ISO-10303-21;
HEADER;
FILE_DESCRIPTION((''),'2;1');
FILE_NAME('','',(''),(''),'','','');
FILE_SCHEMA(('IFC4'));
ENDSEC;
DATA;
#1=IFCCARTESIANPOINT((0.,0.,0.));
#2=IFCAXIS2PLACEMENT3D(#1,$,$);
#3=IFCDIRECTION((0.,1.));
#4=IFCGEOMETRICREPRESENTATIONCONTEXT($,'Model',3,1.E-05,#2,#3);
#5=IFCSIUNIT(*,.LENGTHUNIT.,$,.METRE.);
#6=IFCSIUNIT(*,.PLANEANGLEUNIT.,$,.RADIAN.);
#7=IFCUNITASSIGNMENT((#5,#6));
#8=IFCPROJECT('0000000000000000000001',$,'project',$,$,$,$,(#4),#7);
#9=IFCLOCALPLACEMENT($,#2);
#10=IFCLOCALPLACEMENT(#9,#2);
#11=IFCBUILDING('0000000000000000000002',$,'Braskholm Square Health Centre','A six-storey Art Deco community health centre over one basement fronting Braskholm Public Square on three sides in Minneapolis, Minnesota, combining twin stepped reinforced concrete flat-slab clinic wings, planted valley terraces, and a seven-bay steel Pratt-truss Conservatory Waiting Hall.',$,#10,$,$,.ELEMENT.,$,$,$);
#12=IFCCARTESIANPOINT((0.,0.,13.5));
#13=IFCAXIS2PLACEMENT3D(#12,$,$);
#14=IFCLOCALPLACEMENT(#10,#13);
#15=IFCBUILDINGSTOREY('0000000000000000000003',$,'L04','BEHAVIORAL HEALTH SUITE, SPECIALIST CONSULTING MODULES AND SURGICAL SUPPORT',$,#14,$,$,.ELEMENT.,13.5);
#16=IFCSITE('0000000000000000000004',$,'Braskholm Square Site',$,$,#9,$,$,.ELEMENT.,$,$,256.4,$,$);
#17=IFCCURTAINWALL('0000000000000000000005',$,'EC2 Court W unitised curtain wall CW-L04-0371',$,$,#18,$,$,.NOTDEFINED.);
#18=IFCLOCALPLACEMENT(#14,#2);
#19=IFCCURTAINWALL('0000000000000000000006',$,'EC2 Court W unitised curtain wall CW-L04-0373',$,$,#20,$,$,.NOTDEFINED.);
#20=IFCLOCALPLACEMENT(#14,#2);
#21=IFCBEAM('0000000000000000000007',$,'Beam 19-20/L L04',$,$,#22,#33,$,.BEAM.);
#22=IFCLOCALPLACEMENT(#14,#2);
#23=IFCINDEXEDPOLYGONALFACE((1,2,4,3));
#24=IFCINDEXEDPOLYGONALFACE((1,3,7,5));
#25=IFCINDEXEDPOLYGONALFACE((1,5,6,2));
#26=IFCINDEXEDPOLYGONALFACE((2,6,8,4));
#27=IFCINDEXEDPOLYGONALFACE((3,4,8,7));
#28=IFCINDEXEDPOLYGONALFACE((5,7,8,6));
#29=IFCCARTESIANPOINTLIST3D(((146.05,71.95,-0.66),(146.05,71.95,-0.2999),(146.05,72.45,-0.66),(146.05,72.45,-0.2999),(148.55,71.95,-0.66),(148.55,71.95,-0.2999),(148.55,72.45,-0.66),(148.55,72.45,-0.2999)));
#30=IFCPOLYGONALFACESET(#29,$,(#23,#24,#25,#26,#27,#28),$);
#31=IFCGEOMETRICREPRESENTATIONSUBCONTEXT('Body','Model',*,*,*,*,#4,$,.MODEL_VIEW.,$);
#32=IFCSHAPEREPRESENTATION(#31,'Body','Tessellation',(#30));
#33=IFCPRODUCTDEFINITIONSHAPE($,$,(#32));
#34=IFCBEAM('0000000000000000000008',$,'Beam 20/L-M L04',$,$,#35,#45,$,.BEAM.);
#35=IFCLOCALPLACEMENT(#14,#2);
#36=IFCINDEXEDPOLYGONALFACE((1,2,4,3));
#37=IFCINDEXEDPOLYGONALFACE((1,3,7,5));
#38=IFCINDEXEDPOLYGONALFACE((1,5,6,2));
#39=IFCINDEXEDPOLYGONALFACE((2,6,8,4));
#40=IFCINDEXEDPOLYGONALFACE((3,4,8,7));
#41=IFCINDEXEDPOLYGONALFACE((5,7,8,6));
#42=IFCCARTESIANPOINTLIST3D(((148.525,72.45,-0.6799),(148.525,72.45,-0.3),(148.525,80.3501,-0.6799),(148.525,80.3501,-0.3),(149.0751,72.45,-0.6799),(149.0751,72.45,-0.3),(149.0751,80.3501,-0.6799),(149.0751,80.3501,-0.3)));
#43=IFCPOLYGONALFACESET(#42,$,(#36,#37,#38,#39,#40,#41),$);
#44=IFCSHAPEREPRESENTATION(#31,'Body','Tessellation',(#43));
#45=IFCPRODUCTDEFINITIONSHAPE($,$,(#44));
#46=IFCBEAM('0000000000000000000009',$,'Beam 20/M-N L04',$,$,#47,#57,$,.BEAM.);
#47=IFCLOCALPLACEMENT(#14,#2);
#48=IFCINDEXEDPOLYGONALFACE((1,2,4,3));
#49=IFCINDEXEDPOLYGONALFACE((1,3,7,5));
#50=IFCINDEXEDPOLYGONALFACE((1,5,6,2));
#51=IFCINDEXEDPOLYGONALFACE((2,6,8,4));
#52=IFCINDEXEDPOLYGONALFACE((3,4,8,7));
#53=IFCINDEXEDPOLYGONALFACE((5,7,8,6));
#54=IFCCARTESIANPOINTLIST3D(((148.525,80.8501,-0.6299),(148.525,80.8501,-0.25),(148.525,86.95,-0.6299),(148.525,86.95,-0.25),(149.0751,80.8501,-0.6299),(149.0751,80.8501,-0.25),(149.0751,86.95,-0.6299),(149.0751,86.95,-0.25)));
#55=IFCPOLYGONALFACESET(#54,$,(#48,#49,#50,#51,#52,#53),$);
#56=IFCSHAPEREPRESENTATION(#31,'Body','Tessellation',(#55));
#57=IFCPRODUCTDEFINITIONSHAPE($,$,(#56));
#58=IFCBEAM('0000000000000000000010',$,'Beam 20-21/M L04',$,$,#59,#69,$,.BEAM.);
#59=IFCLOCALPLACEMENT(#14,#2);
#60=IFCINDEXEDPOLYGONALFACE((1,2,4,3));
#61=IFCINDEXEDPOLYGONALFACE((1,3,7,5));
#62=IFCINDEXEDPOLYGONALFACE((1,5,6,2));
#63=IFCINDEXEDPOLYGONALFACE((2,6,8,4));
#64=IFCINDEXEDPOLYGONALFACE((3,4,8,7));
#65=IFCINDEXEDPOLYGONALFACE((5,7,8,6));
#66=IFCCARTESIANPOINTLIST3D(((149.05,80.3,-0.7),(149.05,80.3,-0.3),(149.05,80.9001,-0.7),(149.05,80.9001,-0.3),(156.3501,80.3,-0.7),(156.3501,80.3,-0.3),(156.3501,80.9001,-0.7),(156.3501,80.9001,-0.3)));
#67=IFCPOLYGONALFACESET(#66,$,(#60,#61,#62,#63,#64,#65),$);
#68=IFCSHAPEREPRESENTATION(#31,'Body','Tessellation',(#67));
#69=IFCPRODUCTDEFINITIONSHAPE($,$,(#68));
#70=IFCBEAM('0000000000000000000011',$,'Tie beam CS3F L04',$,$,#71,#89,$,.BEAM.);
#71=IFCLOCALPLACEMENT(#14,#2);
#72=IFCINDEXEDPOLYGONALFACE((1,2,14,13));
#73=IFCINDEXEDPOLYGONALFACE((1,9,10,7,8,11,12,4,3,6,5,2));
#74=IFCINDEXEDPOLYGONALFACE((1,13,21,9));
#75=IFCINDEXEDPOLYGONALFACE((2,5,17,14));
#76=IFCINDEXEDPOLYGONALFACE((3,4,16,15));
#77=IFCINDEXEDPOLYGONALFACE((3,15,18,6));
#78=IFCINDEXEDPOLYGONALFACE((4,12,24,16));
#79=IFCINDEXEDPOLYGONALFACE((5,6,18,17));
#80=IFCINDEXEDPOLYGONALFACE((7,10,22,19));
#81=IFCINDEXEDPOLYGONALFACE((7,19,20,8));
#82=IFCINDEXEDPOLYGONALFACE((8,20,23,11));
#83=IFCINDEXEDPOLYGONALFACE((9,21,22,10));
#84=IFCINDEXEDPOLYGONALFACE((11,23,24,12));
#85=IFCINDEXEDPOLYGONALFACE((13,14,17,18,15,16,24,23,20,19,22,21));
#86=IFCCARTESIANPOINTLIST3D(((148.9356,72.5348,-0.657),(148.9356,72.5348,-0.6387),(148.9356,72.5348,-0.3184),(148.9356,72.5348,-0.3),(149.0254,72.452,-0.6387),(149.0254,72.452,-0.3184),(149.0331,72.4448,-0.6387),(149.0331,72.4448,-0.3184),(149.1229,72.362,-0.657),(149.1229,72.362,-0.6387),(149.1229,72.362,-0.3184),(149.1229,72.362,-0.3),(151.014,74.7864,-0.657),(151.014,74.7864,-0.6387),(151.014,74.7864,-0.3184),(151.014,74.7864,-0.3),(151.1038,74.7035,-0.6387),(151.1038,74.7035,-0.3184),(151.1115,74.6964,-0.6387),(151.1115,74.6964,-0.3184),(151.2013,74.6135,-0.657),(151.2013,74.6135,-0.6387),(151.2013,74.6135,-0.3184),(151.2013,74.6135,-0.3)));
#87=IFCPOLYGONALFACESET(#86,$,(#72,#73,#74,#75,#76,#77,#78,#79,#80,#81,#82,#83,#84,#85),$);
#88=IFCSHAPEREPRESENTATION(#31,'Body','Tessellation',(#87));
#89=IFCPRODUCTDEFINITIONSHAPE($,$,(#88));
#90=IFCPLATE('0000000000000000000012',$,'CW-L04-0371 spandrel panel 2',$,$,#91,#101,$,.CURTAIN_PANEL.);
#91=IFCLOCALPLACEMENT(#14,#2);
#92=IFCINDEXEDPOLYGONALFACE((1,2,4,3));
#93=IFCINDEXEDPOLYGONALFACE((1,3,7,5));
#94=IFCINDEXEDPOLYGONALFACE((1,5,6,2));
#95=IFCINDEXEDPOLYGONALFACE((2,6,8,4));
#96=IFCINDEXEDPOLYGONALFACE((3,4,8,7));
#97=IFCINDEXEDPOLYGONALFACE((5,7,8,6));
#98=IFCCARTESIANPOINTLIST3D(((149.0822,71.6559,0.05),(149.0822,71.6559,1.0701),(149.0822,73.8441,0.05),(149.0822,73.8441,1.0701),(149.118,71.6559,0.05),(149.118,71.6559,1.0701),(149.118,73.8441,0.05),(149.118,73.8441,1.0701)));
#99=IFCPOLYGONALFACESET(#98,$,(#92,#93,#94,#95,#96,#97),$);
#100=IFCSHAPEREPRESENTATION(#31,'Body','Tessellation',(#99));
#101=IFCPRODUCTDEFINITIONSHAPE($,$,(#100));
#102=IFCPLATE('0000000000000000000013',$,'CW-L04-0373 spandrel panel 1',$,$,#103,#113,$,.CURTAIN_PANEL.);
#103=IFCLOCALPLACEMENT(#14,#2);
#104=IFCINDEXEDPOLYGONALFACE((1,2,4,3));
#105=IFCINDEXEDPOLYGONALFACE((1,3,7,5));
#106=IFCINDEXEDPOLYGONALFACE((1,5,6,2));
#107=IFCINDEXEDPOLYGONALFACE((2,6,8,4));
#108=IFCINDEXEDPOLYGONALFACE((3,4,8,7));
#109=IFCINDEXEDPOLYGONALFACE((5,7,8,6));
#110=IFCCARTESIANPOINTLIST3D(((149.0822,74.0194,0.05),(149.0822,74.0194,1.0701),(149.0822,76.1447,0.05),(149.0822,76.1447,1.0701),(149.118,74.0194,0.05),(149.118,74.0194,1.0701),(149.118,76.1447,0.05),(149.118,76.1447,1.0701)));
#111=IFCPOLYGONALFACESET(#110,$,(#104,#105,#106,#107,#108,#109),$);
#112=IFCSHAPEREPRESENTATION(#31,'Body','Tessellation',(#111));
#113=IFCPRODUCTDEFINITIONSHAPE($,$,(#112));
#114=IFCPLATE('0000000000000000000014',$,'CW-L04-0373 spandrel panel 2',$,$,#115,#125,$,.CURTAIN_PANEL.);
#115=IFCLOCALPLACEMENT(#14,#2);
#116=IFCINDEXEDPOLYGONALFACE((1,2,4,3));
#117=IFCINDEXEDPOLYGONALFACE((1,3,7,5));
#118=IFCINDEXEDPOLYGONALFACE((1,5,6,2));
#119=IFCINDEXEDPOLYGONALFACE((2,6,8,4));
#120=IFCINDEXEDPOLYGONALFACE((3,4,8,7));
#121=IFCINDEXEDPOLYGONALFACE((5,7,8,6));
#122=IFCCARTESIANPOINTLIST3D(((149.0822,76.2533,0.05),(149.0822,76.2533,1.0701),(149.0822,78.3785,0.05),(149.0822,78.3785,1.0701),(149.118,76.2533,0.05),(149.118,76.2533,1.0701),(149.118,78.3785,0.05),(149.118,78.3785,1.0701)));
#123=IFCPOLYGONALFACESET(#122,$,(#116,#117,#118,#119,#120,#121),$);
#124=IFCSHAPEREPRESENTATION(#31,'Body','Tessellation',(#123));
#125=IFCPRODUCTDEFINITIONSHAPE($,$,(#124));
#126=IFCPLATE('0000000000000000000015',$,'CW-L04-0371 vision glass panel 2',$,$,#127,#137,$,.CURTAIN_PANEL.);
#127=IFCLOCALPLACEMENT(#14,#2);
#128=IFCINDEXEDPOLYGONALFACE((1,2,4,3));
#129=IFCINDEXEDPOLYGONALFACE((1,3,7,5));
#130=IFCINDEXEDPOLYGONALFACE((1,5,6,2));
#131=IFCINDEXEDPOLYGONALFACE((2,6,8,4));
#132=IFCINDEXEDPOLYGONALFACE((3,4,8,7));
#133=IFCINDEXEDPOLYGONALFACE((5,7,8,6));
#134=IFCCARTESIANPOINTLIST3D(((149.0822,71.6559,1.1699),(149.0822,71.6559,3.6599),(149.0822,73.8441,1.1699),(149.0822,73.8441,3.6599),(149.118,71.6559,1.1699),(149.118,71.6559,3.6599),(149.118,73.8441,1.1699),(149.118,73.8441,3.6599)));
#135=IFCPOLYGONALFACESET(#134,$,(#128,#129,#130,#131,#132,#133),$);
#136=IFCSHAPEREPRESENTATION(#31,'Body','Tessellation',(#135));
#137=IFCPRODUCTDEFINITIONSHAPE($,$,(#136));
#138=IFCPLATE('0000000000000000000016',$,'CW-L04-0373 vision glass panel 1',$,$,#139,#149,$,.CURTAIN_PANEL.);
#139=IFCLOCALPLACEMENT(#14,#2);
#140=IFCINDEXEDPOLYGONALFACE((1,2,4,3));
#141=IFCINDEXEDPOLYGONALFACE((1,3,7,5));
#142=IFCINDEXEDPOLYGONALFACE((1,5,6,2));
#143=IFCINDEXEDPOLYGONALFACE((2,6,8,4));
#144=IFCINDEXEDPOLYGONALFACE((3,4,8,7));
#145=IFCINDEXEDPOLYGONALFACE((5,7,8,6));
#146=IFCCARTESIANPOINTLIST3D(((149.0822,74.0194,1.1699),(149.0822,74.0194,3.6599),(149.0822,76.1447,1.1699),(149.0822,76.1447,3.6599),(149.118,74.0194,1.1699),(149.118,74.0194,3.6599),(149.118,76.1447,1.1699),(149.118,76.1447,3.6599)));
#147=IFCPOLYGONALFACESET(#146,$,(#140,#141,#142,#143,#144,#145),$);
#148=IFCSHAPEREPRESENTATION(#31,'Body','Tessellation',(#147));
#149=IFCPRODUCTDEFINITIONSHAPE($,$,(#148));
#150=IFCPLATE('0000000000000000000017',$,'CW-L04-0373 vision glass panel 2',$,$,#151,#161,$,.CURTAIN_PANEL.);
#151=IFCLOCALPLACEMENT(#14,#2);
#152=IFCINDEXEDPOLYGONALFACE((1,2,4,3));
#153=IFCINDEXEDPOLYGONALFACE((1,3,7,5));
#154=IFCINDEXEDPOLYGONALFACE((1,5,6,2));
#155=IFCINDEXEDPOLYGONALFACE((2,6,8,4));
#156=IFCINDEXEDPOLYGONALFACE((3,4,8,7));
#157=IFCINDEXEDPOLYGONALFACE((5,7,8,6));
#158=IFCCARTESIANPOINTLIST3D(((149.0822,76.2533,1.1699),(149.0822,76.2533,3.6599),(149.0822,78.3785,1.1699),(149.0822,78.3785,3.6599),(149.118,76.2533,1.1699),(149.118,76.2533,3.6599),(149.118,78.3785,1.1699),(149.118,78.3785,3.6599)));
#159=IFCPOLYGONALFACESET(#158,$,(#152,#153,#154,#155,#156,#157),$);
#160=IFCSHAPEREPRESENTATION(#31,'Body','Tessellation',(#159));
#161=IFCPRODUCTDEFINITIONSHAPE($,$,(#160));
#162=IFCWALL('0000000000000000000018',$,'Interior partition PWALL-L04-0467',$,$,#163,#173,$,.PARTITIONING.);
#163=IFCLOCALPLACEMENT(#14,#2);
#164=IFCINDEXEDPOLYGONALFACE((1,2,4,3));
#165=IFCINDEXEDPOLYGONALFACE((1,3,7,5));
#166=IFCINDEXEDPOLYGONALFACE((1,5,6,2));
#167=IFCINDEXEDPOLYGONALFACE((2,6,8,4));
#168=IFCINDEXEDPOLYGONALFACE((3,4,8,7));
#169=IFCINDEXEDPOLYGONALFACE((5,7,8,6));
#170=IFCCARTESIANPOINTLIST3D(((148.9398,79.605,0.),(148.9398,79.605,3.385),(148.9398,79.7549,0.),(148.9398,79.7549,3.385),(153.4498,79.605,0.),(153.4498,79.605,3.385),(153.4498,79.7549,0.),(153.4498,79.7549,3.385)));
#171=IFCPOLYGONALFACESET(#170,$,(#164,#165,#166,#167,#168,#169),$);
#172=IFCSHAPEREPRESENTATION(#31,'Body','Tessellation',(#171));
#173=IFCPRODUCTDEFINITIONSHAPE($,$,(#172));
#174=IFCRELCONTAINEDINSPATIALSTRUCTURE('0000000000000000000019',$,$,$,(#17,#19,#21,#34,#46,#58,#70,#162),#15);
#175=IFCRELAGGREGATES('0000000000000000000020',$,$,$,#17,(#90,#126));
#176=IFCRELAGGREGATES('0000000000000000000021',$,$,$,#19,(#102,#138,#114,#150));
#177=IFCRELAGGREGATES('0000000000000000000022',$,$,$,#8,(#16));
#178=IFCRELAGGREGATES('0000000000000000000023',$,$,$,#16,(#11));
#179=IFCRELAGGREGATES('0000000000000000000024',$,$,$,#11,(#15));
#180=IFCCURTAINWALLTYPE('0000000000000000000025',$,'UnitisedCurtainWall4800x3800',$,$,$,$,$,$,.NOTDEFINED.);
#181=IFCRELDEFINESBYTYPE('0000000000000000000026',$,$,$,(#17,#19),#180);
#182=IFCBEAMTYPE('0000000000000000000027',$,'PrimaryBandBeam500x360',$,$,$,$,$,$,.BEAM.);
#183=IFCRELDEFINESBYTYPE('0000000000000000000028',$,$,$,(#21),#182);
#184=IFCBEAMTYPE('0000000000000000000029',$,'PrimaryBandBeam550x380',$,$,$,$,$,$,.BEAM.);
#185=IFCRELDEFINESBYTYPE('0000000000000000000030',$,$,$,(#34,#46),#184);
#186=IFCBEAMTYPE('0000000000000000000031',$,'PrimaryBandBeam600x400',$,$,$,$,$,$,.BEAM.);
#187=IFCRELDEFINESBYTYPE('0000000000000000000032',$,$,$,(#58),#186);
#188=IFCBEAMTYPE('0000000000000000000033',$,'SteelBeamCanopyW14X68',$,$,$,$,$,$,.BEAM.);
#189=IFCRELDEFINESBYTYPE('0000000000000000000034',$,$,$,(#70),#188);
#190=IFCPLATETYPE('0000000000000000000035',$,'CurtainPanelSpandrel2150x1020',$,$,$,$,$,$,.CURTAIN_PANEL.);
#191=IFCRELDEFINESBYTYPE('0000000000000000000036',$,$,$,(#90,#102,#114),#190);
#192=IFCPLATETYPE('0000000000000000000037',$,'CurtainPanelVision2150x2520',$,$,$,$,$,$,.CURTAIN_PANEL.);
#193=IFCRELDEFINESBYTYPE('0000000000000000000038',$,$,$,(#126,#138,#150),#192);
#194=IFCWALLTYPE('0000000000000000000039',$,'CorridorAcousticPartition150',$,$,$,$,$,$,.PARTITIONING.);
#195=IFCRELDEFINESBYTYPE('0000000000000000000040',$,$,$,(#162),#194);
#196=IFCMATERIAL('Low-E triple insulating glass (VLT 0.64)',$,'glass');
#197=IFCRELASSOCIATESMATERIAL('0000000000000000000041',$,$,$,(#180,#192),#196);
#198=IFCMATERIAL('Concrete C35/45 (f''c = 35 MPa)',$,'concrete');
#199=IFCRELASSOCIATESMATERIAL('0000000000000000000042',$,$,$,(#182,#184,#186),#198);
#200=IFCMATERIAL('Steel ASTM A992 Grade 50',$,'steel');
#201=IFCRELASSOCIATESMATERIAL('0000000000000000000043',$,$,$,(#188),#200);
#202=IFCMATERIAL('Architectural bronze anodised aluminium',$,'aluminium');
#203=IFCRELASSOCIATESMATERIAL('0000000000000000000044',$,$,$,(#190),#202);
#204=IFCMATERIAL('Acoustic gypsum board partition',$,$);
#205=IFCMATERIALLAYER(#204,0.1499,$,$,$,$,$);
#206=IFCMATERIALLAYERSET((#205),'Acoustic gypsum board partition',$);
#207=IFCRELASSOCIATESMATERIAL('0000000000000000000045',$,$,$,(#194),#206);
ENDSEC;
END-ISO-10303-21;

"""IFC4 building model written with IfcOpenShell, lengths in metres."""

from ifc_helpers import new_model, si_unit, direction, frame, frame_2d, origin, origin_2d, place, context, subcontext, project, spatial, rectangle, i_section, extrude, material, layer, layer_set, material_profile, profile_set, type_object, element, aggregate, save


model = new_model("IFC4")

# Units and contexts
model_context = context("Model", 3, precision=1e-05, world=origin(), true_north=direction((0.0, 1.0)))
body_context = subcontext(model_context, "Body", "Model", "MODEL_VIEW")
ifc_project = project(units=[si_unit("LENGTHUNIT", "METRE"), si_unit("PLANEANGLEUNIT", "RADIAN")], contexts=[model_context])

# Site, building, storey
site_placement = place(None, origin())
site = spatial("IfcSite", under=ifc_project, at=site_placement, Name="Braskholm Square Site", CompositionType="ELEMENT", RefElevation=256.4)
building_placement = place(site_placement, origin())
building = spatial("IfcBuilding", under=site, at=building_placement, Name="Braskholm Square Health Centre", Description="A six-storey Art Deco community health centre over one basement fronting Braskholm Public Square on three sides in Minneapolis, Minnesota, combining twin stepped reinforced concrete flat-slab clinic wings, planted valley terraces, and a seven-bay steel Pratt-truss Conservatory Waiting Hall.", CompositionType="ELEMENT")
storey_placement = place(building_placement, frame((0.0, 0.0, 13.5)))
storey = spatial("IfcBuildingStorey", under=building, at=storey_placement, Name="L04", Description="BEHAVIORAL HEALTH SUITE, SPECIALIST CONSULTING MODULES AND SURGICAL SUPPORT", CompositionType="ELEMENT", Elevation=13.5)

# Curtain wall
ifc_material_1 = material(Name="Low-E triple insulating glass (VLT 0.64)", Category="glass")
ifc_material_2 = material(Name="Architectural bronze anodised aluminium", Category="aluminium")
curtain_wall_type_1 = type_object("IfcCurtainWallType", Name="UnitisedCurtainWall4800x3800", PredefinedType="NOTDEFINED", material=ifc_material_1)
curtain_wall_1_placement = place(storey_placement, origin())
curtain_wall_1 = element("IfcCurtainWall", 1, at=curtain_wall_1_placement, inside=storey, type_object=curtain_wall_type_1, Name="EC2 Court W unitised curtain wall CW-L04-0371", PredefinedType="NOTDEFINED")

# Curtain wall
curtain_wall_2_placement = place(storey_placement, origin())
curtain_wall_2 = element("IfcCurtainWall", 2, at=curtain_wall_2_placement, inside=storey, type_object=curtain_wall_type_1, Name="EC2 Court W unitised curtain wall CW-L04-0373", PredefinedType="NOTDEFINED")

# Beams
ifc_material_3 = material(Name="Concrete C35/45 (f'c = 35 MPa)", Category="concrete")
ifc_material_profile_1 = material_profile(ifc_material_3, rectangle(XDim=0.5, YDim=0.3601, at=origin_2d()), Name="RCB-500X360")
ifc_profile_set_1 = profile_set([ifc_material_profile_1], Name="Concrete C35/45 (f'c = 35 MPa)")
beam_type_1 = type_object("IfcBeamType", Name="PrimaryBandBeam500x360", PredefinedType="BEAM", material=ifc_profile_set_1)
for number, where, z_axis, x_axis, name in (
    (3, (146.05, 72.2, -0.48), (1.0, 0.0, 0.0), (0.0, 1.0, 0.0), "Beam 19-20/L L04"),
):
    element("IfcBeam", number, at=place(storey_placement, frame(where, z_axis=z_axis, x_axis=x_axis)), inside=storey, type_object=beam_type_1, Name=name, PredefinedType="BEAM", context=body_context, shape_type="SweptSolid", body=[
        extrude(rectangle(XDim=0.5, YDim=0.3601, at=origin_2d()), origin(), (0.0, 0.0, 1.0), 2.5),
    ])
ifc_material_profile_2 = material_profile(ifc_material_3, rectangle(XDim=0.55, YDim=0.3799, at=origin_2d()), Name="RCB-550X380")
ifc_profile_set_2 = profile_set([ifc_material_profile_2], Name="Concrete C35/45 (f'c = 35 MPa)")
beam_type_2 = type_object("IfcBeamType", Name="PrimaryBandBeam550x380", PredefinedType="BEAM", material=ifc_profile_set_2)
beam_1_placement = place(storey_placement, frame((148.8, 72.45, -0.49), z_axis=(0.0, 1.0, 0.0), x_axis=(-1.0, 0.0, 0.0)))
element("IfcBeam", 4, at=beam_1_placement, inside=storey, type_object=beam_type_2, Name="Beam 20/L-M L04", PredefinedType="BEAM", context=body_context, shape_type="SweptSolid", body=[
    extrude(rectangle(XDim=0.55, YDim=0.3799, at=origin_2d()), origin(), (0.0, 0.0, 1.0), 7.9001),
])
beam_2_placement = place(storey_placement, frame((148.8, 80.8501, -0.4399), z_axis=(0.0, 1.0, 0.0), x_axis=(-1.0, 0.0, 0.0)))
element("IfcBeam", 5, at=beam_2_placement, inside=storey, type_object=beam_type_2, Name="Beam 20/M-N L04", PredefinedType="BEAM", context=body_context, shape_type="SweptSolid", body=[
    extrude(rectangle(XDim=0.55, YDim=0.3799, at=origin_2d()), origin(), (0.0, 0.0, 1.0), 6.0999),
])
ifc_material_profile_3 = material_profile(ifc_material_3, rectangle(XDim=0.6001, YDim=0.3999, at=origin_2d()), Name="RCB-600X400")
ifc_profile_set_3 = profile_set([ifc_material_profile_3], Name="Concrete C35/45 (f'c = 35 MPa)")
beam_type_3 = type_object("IfcBeamType", Name="PrimaryBandBeam600x400", PredefinedType="BEAM", material=ifc_profile_set_3)
beam_3_placement = place(storey_placement, frame((149.05, 80.6001, -0.5), z_axis=(1.0, 0.0, 0.0), x_axis=(0.0, 1.0, 0.0)))
element("IfcBeam", 6, at=beam_3_placement, inside=storey, type_object=beam_type_3, Name="Beam 20-21/M L04", PredefinedType="BEAM", context=body_context, shape_type="SweptSolid", body=[
    extrude(rectangle(XDim=0.6001, YDim=0.3999, at=origin_2d()), origin(), (0.0, 0.0, 1.0), 7.3),
])
ifc_material_4 = material(Name="Steel ASTM A992 Grade 50", Category="steel")
ifc_material_profile_4 = material_profile(ifc_material_4, i_section(OverallWidth=0.2549, OverallDepth=0.3569, WebThickness=0.0105, FlangeThickness=0.0183, at=origin_2d()), Name="W14X68")
ifc_profile_set_4 = profile_set([ifc_material_profile_4], Name="Steel ASTM A992 Grade 50")
beam_type_4 = type_object("IfcBeamType", Name="SteelBeamCanopyW14X68", PredefinedType="BEAM", material=ifc_profile_set_4)
beam_4_placement = place(storey_placement, frame((151.1077, 74.7, -0.4785), z_axis=(-0.678297, -0.734788, 0.0), x_axis=(0.734788, -0.678297, 0.0)))
element("IfcBeam", 7, at=beam_4_placement, inside=storey, type_object=beam_type_4, Name="Tie beam CS3F L04", PredefinedType="BEAM", context=body_context, shape_type="SweptSolid", body=[
    extrude(i_section(OverallWidth=0.2549, OverallDepth=0.3569, WebThickness=0.0105, FlangeThickness=0.0183, at=origin_2d()), origin(), (0.0, 0.0, 1.0), 3.0642),
])

# Plates
plate_type_1 = type_object("IfcPlateType", Name="CurtainPanelSpandrel2150x1020", PredefinedType="CURTAIN_PANEL", material=ifc_material_2)
plate_1_placement = place(storey_placement, frame((149.1001, 72.75, 0.05), z_axis=(0.0, 0.0, 1.0), x_axis=(0.0, 1.0, 0.0)))
plate_1 = element("IfcPlate", 8, at=plate_1_placement, type_object=plate_type_1, Name="CW-L04-0371 spandrel panel 2", PredefinedType="CURTAIN_PANEL", context=body_context, shape_type="SweptSolid", body=[
    extrude(rectangle(XDim=2.1882, YDim=0.0359, at=origin_2d()), origin(), (0.0, 0.0, 1.0), 1.02),
])
plate_2_placement = place(storey_placement, frame((149.1001, 75.082, 0.05), z_axis=(0.0, 0.0, 1.0), x_axis=(0.0, 1.0, 0.0)))
plate_2 = element("IfcPlate", 9, at=plate_2_placement, type_object=plate_type_1, Name="CW-L04-0373 spandrel panel 1", PredefinedType="CURTAIN_PANEL", context=body_context, shape_type="SweptSolid", body=[
    extrude(rectangle(XDim=2.1252, YDim=0.0359, at=origin_2d()), origin(), (0.0, 0.0, 1.0), 1.02),
])
plate_3_placement = place(storey_placement, frame((149.1001, 77.3159, 0.05), z_axis=(0.0, 0.0, 1.0), x_axis=(0.0, 1.0, 0.0)))
plate_3 = element("IfcPlate", 10, at=plate_3_placement, type_object=plate_type_1, Name="CW-L04-0373 spandrel panel 2", PredefinedType="CURTAIN_PANEL", context=body_context, shape_type="SweptSolid", body=[
    extrude(rectangle(XDim=2.1252, YDim=0.0359, at=origin_2d()), origin(), (0.0, 0.0, 1.0), 1.02),
])
plate_type_2 = type_object("IfcPlateType", Name="CurtainPanelVision2150x2520", PredefinedType="CURTAIN_PANEL", material=ifc_material_1)
plate_4_placement = place(storey_placement, frame((149.1001, 72.75, 1.1699), z_axis=(0.0, 0.0, 1.0), x_axis=(0.0, 1.0, 0.0)))
plate_4 = element("IfcPlate", 11, at=plate_4_placement, type_object=plate_type_2, Name="CW-L04-0371 vision glass panel 2", PredefinedType="CURTAIN_PANEL", context=body_context, shape_type="SweptSolid", body=[
    extrude(rectangle(XDim=2.1882, YDim=0.0359, at=origin_2d()), origin(), (0.0, 0.0, 1.0), 2.49),
])
aggregate(curtain_wall_1, [plate_1, plate_4])
plate_5_placement = place(storey_placement, frame((149.1001, 75.082, 1.1699), z_axis=(0.0, 0.0, 1.0), x_axis=(0.0, 1.0, 0.0)))
plate_5 = element("IfcPlate", 12, at=plate_5_placement, type_object=plate_type_2, Name="CW-L04-0373 vision glass panel 1", PredefinedType="CURTAIN_PANEL", context=body_context, shape_type="SweptSolid", body=[
    extrude(rectangle(XDim=2.1252, YDim=0.0359, at=origin_2d()), origin(), (0.0, 0.0, 1.0), 2.49),
])
plate_6_placement = place(storey_placement, frame((149.1001, 77.3159, 1.1699), z_axis=(0.0, 0.0, 1.0), x_axis=(0.0, 1.0, 0.0)))
plate_6 = element("IfcPlate", 13, at=plate_6_placement, type_object=plate_type_2, Name="CW-L04-0373 vision glass panel 2", PredefinedType="CURTAIN_PANEL", context=body_context, shape_type="SweptSolid", body=[
    extrude(rectangle(XDim=2.1252, YDim=0.0359, at=origin_2d()), origin(), (0.0, 0.0, 1.0), 2.49),
])
aggregate(curtain_wall_2, [plate_2, plate_5, plate_3, plate_6])

# Wall
ifc_material_5 = material(Name="Acoustic gypsum board partition")
ifc_layer_1 = layer(ifc_material_5, 0.1499)
ifc_layer_set_1 = layer_set([ifc_layer_1], Name="Acoustic gypsum board partition")
wall_type_1 = type_object("IfcWallType", Name="CorridorAcousticPartition150", PredefinedType="PARTITIONING", material=ifc_layer_set_1)
wall_1_placement = place(storey_placement, frame((148.9399, 79.6799, 0.0), z_axis=(0.0, 0.0, 1.0), x_axis=(1.0, 0.0, 0.0)))
element("IfcWall", 14, at=wall_1_placement, inside=storey, type_object=wall_type_1, Name="Interior partition PWALL-L04-0467", PredefinedType="PARTITIONING", context=body_context, shape_type="SweptSolid", body=[
    extrude(rectangle(XDim=4.51, YDim=0.1499, at=frame_2d((2.2549, 0.0))), origin(), (0.0, 0.0, 1.0), 3.385),
])

save(model, "model.ifc")
